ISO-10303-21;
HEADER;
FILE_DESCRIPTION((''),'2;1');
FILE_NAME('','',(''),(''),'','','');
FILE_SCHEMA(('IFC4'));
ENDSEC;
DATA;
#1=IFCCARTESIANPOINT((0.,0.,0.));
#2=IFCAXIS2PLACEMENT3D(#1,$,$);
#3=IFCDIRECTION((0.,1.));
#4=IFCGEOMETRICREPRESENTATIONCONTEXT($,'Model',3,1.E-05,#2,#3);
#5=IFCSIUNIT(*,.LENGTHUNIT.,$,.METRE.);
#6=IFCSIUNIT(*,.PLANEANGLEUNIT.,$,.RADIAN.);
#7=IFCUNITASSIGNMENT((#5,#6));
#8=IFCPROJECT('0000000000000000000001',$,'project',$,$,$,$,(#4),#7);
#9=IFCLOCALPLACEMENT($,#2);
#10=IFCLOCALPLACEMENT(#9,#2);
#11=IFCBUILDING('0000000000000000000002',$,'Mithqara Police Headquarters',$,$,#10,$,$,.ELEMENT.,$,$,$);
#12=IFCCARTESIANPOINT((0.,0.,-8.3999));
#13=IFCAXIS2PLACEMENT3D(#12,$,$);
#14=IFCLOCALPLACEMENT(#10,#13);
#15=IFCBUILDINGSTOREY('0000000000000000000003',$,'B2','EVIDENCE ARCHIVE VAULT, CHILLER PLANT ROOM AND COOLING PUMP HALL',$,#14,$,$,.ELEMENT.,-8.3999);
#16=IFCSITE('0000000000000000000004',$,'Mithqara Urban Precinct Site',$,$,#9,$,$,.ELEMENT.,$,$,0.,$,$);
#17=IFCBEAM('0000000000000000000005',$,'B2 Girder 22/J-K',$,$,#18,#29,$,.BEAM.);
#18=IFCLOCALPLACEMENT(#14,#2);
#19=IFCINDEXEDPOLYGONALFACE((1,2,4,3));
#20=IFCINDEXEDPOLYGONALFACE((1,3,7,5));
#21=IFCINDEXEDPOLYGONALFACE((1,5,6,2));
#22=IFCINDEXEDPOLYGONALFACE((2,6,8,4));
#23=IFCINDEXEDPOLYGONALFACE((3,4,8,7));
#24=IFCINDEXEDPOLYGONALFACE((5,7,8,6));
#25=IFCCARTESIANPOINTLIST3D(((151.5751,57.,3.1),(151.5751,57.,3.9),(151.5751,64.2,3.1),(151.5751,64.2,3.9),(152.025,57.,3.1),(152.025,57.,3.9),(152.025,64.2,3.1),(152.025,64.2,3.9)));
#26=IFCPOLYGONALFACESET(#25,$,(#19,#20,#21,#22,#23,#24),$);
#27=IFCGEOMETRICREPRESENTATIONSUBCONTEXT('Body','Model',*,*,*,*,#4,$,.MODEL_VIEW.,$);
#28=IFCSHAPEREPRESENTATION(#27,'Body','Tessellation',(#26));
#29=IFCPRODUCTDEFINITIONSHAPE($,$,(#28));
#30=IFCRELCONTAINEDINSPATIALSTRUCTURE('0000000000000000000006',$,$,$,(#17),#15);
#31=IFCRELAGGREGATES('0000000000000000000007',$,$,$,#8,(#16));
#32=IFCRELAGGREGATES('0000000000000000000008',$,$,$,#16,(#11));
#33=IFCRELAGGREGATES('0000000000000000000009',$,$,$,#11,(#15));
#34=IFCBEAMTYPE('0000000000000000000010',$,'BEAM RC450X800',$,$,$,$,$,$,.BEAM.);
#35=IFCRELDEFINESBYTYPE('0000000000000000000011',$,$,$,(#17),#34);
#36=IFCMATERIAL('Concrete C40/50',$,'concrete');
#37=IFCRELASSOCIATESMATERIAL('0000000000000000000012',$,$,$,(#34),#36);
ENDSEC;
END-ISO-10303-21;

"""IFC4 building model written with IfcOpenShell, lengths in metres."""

from ifc_helpers import new_model, si_unit, direction, frame, origin, origin_2d, place, context, subcontext, project, spatial, rectangle, extrude, material, material_profile, profile_set, type_object, element, save


model = new_model("IFC4")

# Units and contexts
model_context = context("Model", 3, precision=1e-05, world=origin(), true_north=direction((0.0, 1.0)))
body_context = subcontext(model_context, "Body", "Model", "MODEL_VIEW")
ifc_project = project(units=[si_unit("LENGTHUNIT", "METRE"), si_unit("PLANEANGLEUNIT", "RADIAN")], contexts=[model_context])

# Site, building, storey
site_placement = place(None, origin())
site = spatial("IfcSite", under=ifc_project, at=site_placement, Name="Mithqara Urban Precinct Site", CompositionType="ELEMENT", RefElevation=0.0)
building_placement = place(site_placement, origin())
building = spatial("IfcBuilding", under=site, at=building_placement, Name="Mithqara Police Headquarters", CompositionType="ELEMENT")
storey_placement = place(building_placement, frame((0.0, 0.0, -8.3999)))
storey = spatial("IfcBuildingStorey", under=building, at=storey_placement, Name="B2", Description="EVIDENCE ARCHIVE VAULT, CHILLER PLANT ROOM AND COOLING PUMP HALL", CompositionType="ELEMENT", Elevation=-8.3999)

# Shared definitions
ifc_material_1 = material(Name="Concrete C40/50", Category="concrete")

# Beam
ifc_material_profile_1 = material_profile(ifc_material_1, rectangle(XDim=0.45, YDim=0.8, at=origin_2d()), Name="RC 450x800")
ifc_profile_set_1 = profile_set([ifc_material_profile_1], Name="Concrete C40/50")
beam_type_1 = type_object("IfcBeamType", Name="BEAM RC450X800", PredefinedType="BEAM", material=ifc_profile_set_1)
beam_1_placement = place(storey_placement, frame((151.8, 57.0, 3.5), z_axis=(0.0, 1.0, 0.0), x_axis=(-1.0, 0.0, 0.0)))
element("IfcBeam", 1, at=beam_1_placement, inside=storey, type_object=beam_type_1, Name="B2 Girder 22/J-K", PredefinedType="BEAM", context=body_context, shape_type="SweptSolid", body=[
    extrude(rectangle(XDim=0.45, YDim=0.8, at=origin_2d()), origin(), (0.0, 0.0, 1.0), 7.2),
])

save(model, "model.ifc")
